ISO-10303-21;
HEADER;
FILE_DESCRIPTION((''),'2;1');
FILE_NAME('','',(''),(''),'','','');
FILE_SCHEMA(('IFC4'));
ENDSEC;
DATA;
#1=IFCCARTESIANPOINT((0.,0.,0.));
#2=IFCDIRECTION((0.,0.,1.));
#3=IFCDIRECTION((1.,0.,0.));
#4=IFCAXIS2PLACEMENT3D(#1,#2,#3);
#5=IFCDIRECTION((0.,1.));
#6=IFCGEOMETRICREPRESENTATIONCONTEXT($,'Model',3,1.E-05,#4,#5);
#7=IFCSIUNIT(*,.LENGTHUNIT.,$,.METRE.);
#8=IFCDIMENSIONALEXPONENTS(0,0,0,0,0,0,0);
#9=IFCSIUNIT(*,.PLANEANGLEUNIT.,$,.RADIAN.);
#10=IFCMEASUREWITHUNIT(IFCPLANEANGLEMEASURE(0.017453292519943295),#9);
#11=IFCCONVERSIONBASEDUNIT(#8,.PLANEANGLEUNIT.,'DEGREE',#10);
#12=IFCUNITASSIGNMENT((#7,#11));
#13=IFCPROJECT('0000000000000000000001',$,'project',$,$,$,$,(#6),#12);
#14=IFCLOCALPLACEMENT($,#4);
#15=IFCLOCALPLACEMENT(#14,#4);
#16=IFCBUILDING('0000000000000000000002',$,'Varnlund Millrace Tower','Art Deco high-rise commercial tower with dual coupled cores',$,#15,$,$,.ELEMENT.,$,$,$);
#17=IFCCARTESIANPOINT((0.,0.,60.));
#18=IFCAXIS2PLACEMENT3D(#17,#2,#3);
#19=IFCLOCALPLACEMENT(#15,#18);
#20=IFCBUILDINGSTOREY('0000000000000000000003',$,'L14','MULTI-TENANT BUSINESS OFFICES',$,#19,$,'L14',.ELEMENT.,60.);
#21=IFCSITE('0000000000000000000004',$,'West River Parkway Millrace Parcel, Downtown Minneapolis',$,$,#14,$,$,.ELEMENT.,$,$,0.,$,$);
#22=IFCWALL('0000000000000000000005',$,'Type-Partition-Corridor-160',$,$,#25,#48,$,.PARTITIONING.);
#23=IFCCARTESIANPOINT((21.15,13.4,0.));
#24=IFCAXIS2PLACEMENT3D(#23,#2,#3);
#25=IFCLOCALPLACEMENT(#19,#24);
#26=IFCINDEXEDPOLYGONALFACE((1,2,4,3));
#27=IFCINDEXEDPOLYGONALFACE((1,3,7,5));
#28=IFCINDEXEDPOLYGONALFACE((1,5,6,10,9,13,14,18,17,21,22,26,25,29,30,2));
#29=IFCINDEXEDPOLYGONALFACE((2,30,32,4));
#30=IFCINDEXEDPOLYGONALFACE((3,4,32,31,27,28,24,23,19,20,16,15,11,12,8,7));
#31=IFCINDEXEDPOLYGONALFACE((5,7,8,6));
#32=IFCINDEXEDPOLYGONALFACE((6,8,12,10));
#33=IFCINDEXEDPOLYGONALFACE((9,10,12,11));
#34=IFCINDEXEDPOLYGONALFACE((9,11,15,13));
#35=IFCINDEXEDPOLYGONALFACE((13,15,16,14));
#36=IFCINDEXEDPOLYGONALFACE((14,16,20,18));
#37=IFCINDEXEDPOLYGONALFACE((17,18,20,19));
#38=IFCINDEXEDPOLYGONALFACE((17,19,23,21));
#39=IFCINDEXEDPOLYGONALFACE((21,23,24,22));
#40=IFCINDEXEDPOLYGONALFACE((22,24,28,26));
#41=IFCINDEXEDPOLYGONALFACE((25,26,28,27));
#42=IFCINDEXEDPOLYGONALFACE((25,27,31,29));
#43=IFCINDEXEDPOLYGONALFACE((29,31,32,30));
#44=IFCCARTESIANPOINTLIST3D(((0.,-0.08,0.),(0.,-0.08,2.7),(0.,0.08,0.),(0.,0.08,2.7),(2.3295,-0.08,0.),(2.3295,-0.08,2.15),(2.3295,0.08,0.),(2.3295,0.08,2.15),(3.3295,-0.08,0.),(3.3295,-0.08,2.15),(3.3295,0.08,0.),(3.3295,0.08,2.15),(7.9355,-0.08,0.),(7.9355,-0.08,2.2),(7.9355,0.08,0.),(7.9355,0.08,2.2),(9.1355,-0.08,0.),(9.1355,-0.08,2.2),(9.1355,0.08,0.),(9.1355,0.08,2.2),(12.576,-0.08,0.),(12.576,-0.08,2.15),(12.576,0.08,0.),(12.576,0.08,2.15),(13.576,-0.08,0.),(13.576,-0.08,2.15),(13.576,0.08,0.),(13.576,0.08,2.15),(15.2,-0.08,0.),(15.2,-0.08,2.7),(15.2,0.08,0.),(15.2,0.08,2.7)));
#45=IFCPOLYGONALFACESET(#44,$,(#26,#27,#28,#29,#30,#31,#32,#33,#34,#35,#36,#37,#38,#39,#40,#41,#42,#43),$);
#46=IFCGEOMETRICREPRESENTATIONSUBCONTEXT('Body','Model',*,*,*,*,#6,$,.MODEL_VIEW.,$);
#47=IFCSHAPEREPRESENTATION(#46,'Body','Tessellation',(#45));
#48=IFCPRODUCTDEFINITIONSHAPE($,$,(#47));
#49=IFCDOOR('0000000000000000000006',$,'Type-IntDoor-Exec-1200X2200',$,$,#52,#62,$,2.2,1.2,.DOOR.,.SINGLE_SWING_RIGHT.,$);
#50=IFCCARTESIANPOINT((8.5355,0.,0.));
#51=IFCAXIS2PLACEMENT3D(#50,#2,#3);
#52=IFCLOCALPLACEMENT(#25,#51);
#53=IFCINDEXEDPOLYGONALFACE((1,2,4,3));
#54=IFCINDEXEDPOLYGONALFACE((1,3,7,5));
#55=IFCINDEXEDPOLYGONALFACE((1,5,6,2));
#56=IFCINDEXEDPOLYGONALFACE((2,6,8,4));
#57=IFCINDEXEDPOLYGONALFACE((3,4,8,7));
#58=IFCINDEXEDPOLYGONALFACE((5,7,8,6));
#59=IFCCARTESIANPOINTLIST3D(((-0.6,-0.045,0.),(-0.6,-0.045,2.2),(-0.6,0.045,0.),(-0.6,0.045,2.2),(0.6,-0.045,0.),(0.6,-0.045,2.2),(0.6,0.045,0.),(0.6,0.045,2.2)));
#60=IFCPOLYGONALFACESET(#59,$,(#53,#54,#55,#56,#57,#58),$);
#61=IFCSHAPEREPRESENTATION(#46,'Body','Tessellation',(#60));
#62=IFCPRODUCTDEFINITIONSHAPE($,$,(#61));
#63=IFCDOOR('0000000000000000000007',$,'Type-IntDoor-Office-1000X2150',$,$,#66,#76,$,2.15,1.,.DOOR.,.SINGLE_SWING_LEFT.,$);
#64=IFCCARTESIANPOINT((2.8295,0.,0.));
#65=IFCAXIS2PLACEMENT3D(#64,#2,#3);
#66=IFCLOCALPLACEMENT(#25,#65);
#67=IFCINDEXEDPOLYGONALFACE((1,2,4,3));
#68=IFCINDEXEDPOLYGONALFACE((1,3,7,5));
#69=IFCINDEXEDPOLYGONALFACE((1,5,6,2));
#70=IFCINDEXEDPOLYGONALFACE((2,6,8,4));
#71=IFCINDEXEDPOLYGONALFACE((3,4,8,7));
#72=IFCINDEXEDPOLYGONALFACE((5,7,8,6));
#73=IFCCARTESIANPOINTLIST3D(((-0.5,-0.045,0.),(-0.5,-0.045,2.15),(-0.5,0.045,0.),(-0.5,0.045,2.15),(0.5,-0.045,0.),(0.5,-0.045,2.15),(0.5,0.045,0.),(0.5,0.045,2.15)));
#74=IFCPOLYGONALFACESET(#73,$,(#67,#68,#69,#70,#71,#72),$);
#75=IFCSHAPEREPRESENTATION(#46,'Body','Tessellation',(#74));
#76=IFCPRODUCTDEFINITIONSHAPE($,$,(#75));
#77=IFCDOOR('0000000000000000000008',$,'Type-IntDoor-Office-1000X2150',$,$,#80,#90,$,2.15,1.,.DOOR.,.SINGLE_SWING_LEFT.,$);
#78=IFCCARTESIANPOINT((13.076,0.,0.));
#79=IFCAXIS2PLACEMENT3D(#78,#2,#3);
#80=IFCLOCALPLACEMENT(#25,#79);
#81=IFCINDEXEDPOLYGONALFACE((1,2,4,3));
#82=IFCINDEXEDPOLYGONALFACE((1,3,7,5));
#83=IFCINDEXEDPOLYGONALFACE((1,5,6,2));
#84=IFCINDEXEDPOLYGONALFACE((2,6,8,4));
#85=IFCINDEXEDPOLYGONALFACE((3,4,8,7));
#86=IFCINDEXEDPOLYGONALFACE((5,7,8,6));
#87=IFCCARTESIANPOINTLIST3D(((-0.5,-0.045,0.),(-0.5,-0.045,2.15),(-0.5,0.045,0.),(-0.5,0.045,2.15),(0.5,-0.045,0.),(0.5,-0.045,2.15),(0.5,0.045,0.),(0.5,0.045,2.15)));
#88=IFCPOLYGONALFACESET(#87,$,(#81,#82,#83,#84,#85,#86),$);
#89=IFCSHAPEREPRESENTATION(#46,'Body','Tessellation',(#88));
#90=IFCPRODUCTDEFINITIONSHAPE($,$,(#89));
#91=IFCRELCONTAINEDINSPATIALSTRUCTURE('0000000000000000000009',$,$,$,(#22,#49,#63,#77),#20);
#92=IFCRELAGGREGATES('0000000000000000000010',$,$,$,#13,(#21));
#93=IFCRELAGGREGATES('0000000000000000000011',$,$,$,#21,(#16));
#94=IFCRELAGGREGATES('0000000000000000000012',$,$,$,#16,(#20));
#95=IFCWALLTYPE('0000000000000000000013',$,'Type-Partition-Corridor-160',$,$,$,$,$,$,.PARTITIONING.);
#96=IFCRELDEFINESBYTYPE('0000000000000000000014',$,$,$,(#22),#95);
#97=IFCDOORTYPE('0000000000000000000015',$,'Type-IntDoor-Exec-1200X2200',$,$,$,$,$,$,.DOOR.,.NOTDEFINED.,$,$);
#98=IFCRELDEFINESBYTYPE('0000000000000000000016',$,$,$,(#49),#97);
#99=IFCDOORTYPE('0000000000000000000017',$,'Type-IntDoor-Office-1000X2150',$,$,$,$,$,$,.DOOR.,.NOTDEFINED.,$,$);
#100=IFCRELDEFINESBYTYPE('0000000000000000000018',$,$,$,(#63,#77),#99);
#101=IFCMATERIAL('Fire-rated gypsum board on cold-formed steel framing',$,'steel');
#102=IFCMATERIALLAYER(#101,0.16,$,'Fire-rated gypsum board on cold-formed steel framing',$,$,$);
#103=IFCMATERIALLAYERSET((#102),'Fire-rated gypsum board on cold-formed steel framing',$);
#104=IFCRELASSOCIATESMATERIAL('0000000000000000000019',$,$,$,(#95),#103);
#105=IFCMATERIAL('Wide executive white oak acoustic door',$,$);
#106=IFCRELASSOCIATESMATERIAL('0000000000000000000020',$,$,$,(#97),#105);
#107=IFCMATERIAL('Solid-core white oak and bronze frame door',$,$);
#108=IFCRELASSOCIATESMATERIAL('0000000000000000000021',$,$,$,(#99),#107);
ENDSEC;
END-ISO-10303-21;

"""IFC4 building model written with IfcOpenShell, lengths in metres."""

from ifc_helpers import new_model, entity, si_unit, converted_unit, direction, frame, origin_with_axes, origin_2d_with_axis, place, context, subcontext, project, spatial, polyline, rectangle, outline, extrude, material, layer, layer_set, type_object, element, fill, save


model = new_model("IFC4")

# Units and contexts
model_context = context("Model", 3, precision=1e-05, world=origin_with_axes(), true_north=direction((0.0, 1.0)))
body_context = subcontext(model_context, "Body", "Model", "MODEL_VIEW")
ifc_project = project(units=[si_unit("LENGTHUNIT", "METRE"), converted_unit("PLANEANGLEUNIT", "DEGREE", entity("IfcPlaneAngleMeasure", 0.017453292519943295), si_unit("PLANEANGLEUNIT", "RADIAN"), dimensions=[0, 0, 0, 0, 0, 0, 0])], contexts=[model_context])

# Site, building, storey
site_placement = place(None, origin_with_axes())
site = spatial("IfcSite", under=ifc_project, at=site_placement, Name="West River Parkway Millrace Parcel, Downtown Minneapolis", CompositionType="ELEMENT", RefElevation=0.0)
building_placement = place(site_placement, origin_with_axes())
building = spatial("IfcBuilding", under=site, at=building_placement, Name="Varnlund Millrace Tower", Description="Art Deco high-rise commercial tower with dual coupled cores", CompositionType="ELEMENT")
storey_placement = place(building_placement, frame((0.0, 0.0, 60.0), z_axis=(0.0, 0.0, 1.0), x_axis=(1.0, 0.0, 0.0)))
storey = spatial("IfcBuildingStorey", under=building, at=storey_placement, Name="L14", Description="MULTI-TENANT BUSINESS OFFICES", LongName="L14", CompositionType="ELEMENT", Elevation=60.0)

# Shared definitions
ifc_material_1 = material(Name="Fire-rated gypsum board on cold-formed steel framing", Category="steel")
ifc_layer_1 = layer(ifc_material_1, 0.16, Name="Fire-rated gypsum board on cold-formed steel framing")
ifc_layer_set_1 = layer_set([ifc_layer_1], Name="Fire-rated gypsum board on cold-formed steel framing")
wall_type_1 = type_object("IfcWallType", Name="Type-Partition-Corridor-160", PredefinedType="PARTITIONING", material=ifc_layer_set_1)

# Wall, openings, doors
wall_1_placement = place(storey_placement, frame((21.15, 13.4, 0.0), z_axis=(0.0, 0.0, 1.0), x_axis=(1.0, 0.0, 0.0)))
wall_1 = element("IfcWall", 1, at=wall_1_placement, inside=storey, type_object=wall_type_1, Name="Type-Partition-Corridor-160", PredefinedType="PARTITIONING", context=body_context, shape_type="SweptSolid", body=[
    extrude(outline(polyline([(0.0, -0.08), (15.2, -0.08), (15.2, 0.08), (0.0, 0.08), (0.0, -0.08)])), origin_with_axes(), (0.0, 0.0, 1.0), 2.7),
])
opening_1_placement = place(wall_1_placement, frame((2.8295, 0.0, 0.0), z_axis=(0.0, 0.0, 1.0), x_axis=(1.0, 0.0, 0.0)))
opening_1 = element("IfcOpeningElement", 2, at=opening_1_placement, cuts=wall_1, PredefinedType="OPENING", context=body_context, shape_type="SweptSolid", body=[
    extrude(rectangle(XDim=1.0, YDim=0.18, at=origin_2d_with_axis()), origin_with_axes(), (0.0, 0.0, 1.0), 2.15),
])
opening_2_placement = place(wall_1_placement, frame((8.5355, 0.0, 0.0), z_axis=(0.0, 0.0, 1.0), x_axis=(1.0, 0.0, 0.0)))
opening_2 = element("IfcOpeningElement", 3, at=opening_2_placement, cuts=wall_1, PredefinedType="OPENING", context=body_context, shape_type="SweptSolid", body=[
    extrude(rectangle(XDim=1.2, YDim=0.18, at=origin_2d_with_axis()), origin_with_axes(), (0.0, 0.0, 1.0), 2.2),
])
opening_3_placement = place(wall_1_placement, frame((13.076, 0.0, 0.0), z_axis=(0.0, 0.0, 1.0), x_axis=(1.0, 0.0, 0.0)))
opening_3 = element("IfcOpeningElement", 4, at=opening_3_placement, cuts=wall_1, PredefinedType="OPENING", context=body_context, shape_type="SweptSolid", body=[
    extrude(rectangle(XDim=1.0, YDim=0.18, at=origin_2d_with_axis()), origin_with_axes(), (0.0, 0.0, 1.0), 2.15),
])
ifc_material_2 = material(Name="Wide executive white oak acoustic door")
door_type_1 = type_object("IfcDoorType", Name="Type-IntDoor-Exec-1200X2200", OperationType="NOTDEFINED", PredefinedType="DOOR", material=ifc_material_2)
door_1_placement = place(wall_1_placement, frame((8.5355, 0.0, 0.0), z_axis=(0.0, 0.0, 1.0), x_axis=(1.0, 0.0, 0.0)))
door_1 = element("IfcDoor", 5, at=door_1_placement, inside=storey, type_object=door_type_1, Name="Type-IntDoor-Exec-1200X2200", OperationType="SINGLE_SWING_RIGHT", OverallHeight=2.2, OverallWidth=1.2, PredefinedType="DOOR", context=body_context, shape_type="SweptSolid", body=[
    extrude(rectangle(XDim=1.2, YDim=0.09, at=origin_2d_with_axis()), origin_with_axes(), (0.0, 0.0, 1.0), 2.2),
])
fill(opening_2, door_1)
ifc_material_3 = material(Name="Solid-core white oak and bronze frame door")
door_type_2 = type_object("IfcDoorType", Name="Type-IntDoor-Office-1000X2150", OperationType="NOTDEFINED", PredefinedType="DOOR", material=ifc_material_3)
door_2_placement = place(wall_1_placement, frame((2.8295, 0.0, 0.0), z_axis=(0.0, 0.0, 1.0), x_axis=(1.0, 0.0, 0.0)))
door_2 = element("IfcDoor", 6, at=door_2_placement, inside=storey, type_object=door_type_2, Name="Type-IntDoor-Office-1000X2150", OperationType="SINGLE_SWING_LEFT", OverallHeight=2.15, OverallWidth=1.0, PredefinedType="DOOR", context=body_context, shape_type="SweptSolid", body=[
    extrude(rectangle(XDim=1.0, YDim=0.09, at=origin_2d_with_axis()), origin_with_axes(), (0.0, 0.0, 1.0), 2.15),
])
fill(opening_1, door_2)
door_3_placement = place(wall_1_placement, frame((13.076, 0.0, 0.0), z_axis=(0.0, 0.0, 1.0), x_axis=(1.0, 0.0, 0.0)))
door_3 = element("IfcDoor", 7, at=door_3_placement, inside=storey, type_object=door_type_2, Name="Type-IntDoor-Office-1000X2150", OperationType="SINGLE_SWING_LEFT", OverallHeight=2.15, OverallWidth=1.0, PredefinedType="DOOR", context=body_context, shape_type="SweptSolid", body=[
    extrude(rectangle(XDim=1.0, YDim=0.09, at=origin_2d_with_axis()), origin_with_axes(), (0.0, 0.0, 1.0), 2.15),
])
fill(opening_3, door_3)

save(model, "model.ifc")
